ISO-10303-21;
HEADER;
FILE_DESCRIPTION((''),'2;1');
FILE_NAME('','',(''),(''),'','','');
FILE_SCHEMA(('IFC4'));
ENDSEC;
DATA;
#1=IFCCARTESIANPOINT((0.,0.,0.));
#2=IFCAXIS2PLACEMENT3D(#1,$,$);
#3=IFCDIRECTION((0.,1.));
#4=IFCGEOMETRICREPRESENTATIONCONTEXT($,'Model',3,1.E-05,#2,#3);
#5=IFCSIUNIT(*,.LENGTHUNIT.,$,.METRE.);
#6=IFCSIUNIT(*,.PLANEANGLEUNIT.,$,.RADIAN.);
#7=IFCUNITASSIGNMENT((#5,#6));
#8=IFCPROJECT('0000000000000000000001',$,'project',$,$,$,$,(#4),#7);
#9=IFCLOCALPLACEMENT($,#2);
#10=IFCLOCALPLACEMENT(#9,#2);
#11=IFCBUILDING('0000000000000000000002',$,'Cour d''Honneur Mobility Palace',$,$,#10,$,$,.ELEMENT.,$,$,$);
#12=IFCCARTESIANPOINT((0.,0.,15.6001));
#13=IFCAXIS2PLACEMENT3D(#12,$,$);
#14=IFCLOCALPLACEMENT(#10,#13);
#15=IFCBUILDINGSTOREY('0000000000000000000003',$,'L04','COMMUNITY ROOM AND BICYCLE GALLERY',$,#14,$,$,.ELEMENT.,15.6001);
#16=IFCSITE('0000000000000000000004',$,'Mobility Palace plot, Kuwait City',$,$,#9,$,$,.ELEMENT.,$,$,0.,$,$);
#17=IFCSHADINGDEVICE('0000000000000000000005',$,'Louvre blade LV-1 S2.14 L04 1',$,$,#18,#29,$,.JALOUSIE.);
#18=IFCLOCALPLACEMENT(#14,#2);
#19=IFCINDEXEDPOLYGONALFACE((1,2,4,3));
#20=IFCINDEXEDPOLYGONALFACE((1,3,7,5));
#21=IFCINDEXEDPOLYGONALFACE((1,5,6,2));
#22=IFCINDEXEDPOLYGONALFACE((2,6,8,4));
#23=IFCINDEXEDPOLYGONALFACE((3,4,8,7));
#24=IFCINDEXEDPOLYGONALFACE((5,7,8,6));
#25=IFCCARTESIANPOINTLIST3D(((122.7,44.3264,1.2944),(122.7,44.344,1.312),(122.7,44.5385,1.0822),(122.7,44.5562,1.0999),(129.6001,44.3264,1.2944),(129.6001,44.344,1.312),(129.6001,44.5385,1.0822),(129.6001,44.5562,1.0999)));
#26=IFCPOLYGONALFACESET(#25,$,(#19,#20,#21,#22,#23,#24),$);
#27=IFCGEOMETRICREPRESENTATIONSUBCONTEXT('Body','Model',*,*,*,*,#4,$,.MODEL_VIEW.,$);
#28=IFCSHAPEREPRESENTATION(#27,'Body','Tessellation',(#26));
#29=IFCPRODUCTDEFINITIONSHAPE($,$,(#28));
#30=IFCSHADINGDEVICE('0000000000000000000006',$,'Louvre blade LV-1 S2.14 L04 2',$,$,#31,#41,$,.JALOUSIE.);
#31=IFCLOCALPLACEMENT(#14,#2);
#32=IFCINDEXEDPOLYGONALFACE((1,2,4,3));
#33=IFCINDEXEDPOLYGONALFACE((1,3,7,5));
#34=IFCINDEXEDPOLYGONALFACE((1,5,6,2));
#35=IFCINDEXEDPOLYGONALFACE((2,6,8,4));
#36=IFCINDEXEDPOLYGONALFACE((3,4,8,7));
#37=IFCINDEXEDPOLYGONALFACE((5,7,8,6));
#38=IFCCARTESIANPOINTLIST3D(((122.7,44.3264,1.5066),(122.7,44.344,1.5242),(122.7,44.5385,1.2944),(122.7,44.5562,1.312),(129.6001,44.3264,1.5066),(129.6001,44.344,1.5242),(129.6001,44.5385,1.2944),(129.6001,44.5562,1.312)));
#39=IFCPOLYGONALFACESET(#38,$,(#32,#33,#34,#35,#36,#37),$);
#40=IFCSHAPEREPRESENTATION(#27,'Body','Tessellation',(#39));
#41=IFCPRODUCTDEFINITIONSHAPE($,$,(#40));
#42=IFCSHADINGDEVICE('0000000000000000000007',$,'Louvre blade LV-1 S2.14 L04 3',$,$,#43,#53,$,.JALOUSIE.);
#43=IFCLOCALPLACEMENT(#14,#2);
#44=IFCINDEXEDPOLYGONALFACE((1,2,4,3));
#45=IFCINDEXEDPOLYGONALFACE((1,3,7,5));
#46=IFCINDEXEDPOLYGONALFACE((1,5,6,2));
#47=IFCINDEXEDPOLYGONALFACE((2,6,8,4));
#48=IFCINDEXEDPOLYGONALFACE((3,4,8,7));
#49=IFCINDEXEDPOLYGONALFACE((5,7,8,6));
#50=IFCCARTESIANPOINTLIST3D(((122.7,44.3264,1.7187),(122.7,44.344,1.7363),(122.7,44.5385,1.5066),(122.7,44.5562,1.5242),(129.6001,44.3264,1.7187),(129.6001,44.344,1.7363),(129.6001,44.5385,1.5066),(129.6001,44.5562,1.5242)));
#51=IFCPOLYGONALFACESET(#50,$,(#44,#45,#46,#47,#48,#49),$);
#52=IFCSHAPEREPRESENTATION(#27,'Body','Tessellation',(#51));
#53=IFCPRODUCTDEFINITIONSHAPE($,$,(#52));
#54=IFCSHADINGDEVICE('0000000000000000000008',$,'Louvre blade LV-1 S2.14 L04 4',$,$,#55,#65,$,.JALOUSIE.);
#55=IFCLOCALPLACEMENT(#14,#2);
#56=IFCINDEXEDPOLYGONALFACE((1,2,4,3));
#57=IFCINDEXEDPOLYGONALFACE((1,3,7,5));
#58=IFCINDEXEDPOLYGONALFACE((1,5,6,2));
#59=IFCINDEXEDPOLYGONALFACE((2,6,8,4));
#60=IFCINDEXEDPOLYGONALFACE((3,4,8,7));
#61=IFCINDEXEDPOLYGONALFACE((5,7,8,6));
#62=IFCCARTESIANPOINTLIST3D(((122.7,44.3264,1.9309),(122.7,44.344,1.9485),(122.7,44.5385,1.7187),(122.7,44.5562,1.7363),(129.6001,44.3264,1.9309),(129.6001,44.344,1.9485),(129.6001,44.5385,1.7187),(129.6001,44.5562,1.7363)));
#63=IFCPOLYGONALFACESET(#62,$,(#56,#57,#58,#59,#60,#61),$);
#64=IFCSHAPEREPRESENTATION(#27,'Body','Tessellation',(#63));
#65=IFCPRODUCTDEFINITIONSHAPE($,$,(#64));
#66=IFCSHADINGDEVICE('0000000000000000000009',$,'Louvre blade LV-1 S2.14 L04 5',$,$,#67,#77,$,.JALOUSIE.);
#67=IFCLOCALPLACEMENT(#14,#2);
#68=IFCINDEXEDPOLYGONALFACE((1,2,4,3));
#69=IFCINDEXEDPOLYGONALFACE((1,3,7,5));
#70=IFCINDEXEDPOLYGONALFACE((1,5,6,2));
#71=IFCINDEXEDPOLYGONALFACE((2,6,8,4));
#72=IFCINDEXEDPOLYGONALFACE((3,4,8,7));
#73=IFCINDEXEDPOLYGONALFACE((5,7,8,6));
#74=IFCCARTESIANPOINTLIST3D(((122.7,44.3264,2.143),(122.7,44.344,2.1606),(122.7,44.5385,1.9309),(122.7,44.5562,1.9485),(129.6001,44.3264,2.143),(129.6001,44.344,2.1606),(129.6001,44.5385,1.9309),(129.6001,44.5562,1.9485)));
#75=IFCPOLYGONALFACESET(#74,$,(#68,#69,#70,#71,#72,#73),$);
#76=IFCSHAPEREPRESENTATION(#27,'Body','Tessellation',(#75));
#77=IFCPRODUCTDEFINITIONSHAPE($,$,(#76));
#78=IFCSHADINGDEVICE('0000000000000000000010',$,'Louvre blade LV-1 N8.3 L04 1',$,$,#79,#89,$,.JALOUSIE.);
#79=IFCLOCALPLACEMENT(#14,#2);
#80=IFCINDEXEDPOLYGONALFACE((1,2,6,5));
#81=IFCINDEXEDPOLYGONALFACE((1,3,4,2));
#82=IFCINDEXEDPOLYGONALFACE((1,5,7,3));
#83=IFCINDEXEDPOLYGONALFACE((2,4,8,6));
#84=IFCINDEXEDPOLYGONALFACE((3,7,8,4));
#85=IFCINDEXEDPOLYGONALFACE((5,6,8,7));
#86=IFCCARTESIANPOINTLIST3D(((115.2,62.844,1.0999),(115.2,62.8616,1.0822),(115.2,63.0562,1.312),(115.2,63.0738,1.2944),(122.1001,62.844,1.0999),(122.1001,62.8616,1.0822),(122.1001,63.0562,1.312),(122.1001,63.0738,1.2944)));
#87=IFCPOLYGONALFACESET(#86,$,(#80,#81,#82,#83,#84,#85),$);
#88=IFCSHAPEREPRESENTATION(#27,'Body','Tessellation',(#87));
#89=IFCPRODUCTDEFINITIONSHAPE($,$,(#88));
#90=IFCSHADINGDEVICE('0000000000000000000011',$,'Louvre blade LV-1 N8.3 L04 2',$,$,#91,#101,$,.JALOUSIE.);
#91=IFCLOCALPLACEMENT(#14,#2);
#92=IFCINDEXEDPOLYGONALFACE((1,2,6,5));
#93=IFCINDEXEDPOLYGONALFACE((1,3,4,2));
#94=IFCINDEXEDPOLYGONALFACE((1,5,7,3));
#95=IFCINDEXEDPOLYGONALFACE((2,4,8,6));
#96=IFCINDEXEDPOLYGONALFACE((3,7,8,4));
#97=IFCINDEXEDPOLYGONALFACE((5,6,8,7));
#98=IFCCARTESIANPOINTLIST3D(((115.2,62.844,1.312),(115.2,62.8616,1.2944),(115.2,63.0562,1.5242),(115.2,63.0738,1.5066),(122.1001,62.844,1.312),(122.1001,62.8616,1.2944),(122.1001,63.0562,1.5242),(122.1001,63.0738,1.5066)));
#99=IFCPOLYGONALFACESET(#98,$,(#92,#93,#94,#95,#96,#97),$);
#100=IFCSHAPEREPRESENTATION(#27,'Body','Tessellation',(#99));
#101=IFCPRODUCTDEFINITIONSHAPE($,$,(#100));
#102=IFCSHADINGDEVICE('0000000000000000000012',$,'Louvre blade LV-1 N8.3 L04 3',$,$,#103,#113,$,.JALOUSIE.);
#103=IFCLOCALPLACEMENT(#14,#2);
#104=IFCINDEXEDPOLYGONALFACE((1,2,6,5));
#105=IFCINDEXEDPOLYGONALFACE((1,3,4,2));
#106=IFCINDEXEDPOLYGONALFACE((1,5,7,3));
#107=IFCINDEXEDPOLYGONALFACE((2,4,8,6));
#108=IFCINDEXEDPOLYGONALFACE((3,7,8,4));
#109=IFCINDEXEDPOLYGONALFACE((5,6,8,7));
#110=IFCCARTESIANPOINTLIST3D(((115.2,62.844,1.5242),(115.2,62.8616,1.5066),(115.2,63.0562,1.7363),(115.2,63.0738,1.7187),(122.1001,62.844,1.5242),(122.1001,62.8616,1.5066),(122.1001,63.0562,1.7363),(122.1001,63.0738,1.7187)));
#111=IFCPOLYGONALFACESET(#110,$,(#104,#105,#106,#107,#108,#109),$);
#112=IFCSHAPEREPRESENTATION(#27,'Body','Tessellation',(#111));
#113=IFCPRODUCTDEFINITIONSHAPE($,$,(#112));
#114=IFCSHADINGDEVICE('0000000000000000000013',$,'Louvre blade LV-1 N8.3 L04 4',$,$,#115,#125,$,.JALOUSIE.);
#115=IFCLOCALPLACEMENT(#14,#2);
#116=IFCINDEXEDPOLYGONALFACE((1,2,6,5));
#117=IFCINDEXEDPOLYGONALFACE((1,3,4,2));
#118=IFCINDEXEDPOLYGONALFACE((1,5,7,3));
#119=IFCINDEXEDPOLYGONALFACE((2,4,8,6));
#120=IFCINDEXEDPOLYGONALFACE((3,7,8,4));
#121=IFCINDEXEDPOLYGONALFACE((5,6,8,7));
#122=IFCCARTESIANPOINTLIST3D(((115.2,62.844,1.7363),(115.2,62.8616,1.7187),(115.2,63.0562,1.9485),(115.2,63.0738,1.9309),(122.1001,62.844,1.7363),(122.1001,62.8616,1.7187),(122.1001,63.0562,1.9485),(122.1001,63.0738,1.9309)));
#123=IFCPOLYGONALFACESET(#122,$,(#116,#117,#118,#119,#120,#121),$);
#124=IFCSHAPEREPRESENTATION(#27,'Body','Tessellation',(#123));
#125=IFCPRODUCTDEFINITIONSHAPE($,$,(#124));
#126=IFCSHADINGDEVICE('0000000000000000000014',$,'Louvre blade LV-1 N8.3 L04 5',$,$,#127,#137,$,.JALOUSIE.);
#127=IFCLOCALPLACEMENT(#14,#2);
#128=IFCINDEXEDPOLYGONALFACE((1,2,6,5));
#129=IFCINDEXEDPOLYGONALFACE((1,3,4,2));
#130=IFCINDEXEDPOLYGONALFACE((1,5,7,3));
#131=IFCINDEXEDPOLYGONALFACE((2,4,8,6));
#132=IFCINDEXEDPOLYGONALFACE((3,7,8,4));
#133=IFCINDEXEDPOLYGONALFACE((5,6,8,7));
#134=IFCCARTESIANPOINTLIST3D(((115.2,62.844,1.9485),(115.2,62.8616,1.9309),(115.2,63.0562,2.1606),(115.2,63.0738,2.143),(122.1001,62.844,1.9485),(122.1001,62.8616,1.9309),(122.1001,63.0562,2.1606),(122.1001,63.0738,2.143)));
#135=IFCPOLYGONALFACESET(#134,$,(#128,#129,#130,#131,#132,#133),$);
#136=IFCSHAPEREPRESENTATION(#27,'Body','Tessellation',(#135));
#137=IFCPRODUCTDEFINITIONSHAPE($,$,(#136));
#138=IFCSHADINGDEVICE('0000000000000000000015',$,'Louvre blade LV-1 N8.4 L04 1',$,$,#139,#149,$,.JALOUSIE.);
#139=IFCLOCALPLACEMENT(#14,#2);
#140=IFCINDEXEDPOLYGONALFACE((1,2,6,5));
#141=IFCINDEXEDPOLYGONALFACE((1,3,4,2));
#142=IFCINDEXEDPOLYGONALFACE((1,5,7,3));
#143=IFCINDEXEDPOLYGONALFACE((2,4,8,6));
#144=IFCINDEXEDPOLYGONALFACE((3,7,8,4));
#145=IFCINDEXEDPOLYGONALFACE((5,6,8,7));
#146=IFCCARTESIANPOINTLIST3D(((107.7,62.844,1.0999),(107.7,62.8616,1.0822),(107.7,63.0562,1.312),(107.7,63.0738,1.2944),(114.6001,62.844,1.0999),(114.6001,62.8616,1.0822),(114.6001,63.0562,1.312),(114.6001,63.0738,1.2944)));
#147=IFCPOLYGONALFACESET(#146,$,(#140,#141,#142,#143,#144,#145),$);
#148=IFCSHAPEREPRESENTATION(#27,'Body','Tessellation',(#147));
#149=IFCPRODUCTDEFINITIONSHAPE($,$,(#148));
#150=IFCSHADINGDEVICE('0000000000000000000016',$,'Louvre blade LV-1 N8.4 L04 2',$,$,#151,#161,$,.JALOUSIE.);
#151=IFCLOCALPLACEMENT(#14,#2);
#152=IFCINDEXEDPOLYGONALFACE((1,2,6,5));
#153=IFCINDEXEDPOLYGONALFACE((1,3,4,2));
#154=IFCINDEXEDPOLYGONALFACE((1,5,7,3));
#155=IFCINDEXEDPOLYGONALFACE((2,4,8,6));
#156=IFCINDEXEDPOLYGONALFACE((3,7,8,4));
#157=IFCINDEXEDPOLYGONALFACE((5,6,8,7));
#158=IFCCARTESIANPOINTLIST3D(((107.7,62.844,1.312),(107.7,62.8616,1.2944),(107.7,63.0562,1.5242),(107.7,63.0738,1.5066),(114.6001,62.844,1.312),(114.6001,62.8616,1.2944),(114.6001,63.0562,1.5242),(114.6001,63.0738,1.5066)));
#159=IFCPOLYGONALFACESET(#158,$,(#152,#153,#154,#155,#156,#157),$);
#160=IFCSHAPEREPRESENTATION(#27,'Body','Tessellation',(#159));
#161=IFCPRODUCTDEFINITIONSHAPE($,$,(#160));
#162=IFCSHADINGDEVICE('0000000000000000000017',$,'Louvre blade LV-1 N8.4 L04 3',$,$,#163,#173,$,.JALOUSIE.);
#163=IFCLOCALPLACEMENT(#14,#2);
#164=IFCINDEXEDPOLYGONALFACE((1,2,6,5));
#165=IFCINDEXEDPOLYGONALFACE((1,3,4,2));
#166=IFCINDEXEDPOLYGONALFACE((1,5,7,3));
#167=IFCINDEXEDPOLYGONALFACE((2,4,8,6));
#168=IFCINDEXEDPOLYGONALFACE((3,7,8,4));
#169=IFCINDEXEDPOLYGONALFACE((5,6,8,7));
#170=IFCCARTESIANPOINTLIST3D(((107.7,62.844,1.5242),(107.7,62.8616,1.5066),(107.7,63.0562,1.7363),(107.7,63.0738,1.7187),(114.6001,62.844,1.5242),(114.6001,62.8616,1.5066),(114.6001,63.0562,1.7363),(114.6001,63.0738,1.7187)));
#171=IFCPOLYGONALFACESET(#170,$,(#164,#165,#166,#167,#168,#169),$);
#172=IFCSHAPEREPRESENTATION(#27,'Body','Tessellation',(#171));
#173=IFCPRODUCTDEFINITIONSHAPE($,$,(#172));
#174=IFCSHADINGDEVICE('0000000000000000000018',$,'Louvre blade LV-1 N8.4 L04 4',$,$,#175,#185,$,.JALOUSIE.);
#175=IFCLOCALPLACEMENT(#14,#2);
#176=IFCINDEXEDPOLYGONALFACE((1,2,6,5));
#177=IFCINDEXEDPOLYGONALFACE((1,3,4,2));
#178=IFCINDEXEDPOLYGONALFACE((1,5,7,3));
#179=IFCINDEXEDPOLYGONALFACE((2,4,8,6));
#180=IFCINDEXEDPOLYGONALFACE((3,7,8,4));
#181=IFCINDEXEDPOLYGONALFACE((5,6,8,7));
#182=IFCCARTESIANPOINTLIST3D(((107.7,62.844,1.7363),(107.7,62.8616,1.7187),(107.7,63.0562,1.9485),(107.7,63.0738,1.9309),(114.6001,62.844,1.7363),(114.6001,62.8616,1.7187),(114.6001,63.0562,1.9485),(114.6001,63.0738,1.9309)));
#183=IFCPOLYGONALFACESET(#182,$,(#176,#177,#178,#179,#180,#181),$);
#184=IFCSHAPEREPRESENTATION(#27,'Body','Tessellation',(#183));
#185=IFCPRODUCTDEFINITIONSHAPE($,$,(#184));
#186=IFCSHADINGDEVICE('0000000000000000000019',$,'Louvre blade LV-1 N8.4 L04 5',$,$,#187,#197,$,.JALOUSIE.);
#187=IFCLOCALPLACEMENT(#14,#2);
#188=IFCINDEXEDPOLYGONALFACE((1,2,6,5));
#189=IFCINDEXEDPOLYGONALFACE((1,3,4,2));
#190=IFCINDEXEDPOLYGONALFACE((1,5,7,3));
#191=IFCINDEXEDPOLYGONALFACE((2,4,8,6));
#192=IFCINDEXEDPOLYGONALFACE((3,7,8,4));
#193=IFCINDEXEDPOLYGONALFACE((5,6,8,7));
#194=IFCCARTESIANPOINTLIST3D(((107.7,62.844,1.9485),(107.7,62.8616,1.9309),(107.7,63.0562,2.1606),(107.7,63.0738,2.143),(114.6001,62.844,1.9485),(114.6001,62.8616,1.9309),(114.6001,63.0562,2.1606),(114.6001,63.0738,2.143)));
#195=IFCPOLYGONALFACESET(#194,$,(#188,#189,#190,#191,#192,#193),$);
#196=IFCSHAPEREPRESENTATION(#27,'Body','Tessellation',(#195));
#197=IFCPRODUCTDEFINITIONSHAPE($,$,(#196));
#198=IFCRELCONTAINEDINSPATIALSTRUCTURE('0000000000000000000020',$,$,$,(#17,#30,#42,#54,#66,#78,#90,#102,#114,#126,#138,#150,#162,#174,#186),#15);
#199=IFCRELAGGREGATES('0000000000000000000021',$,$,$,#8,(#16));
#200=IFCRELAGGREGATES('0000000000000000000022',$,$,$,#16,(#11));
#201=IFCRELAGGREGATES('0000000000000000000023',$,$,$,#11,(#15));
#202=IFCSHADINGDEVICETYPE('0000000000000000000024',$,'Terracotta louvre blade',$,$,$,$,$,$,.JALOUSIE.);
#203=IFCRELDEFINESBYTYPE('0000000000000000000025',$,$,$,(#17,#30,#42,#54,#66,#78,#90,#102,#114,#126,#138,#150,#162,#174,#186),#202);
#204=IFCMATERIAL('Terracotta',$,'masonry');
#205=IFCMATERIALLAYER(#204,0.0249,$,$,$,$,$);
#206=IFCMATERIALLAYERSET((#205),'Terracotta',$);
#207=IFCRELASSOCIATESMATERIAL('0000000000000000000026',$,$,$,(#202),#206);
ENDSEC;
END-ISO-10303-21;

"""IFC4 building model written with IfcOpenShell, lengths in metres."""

from ifc_helpers import new_model, si_unit, direction, frame, origin, place, context, subcontext, project, spatial, polyline, outline, extrude, material, layer, layer_set, type_object, element, save


model = new_model("IFC4")

# Units and contexts
model_context = context("Model", 3, precision=1e-05, world=origin(), true_north=direction((0.0, 1.0)))
body_context = subcontext(model_context, "Body", "Model", "MODEL_VIEW")
ifc_project = project(units=[si_unit("LENGTHUNIT", "METRE"), si_unit("PLANEANGLEUNIT", "RADIAN")], contexts=[model_context])

# Site, building, storey
site_placement = place(None, origin())
site = spatial("IfcSite", under=ifc_project, at=site_placement, Name="Mobility Palace plot, Kuwait City", CompositionType="ELEMENT", RefElevation=0.0)
building_placement = place(site_placement, origin())
building = spatial("IfcBuilding", under=site, at=building_placement, Name="Cour d'Honneur Mobility Palace", CompositionType="ELEMENT")
storey_placement = place(building_placement, frame((0.0, 0.0, 15.6001)))
storey = spatial("IfcBuildingStorey", under=building, at=storey_placement, Name="L04", Description="COMMUNITY ROOM AND BICYCLE GALLERY", CompositionType="ELEMENT", Elevation=15.6001)

# Shading devices
ifc_material_1 = material(Name="Terracotta", Category="masonry")
ifc_layer_1 = layer(ifc_material_1, 0.0249)
ifc_layer_set_1 = layer_set([ifc_layer_1], Name="Terracotta")
shading_device_type = type_object("IfcShadingDeviceType", Name="Terracotta louvre blade", PredefinedType="JALOUSIE", material=ifc_layer_set_1)
for number, where, z_axis, x_axis, name in (
    (1, (122.7, 44.5562, 1.0999), (0.0, 0.707107, 0.707107), (1.0, 0.0, 0.0), "Louvre blade LV-1 S2.14 L04 1"),
    (2, (122.7, 44.5562, 1.312), (0.0, 0.707107, 0.707107), (1.0, 0.0, 0.0), "Louvre blade LV-1 S2.14 L04 2"),
    (3, (122.7, 44.5562, 1.5242), (0.0, 0.707107, 0.707107), (1.0, 0.0, 0.0), "Louvre blade LV-1 S2.14 L04 3"),
    (4, (122.7, 44.5562, 1.7363), (0.0, 0.707107, 0.707107), (1.0, 0.0, 0.0), "Louvre blade LV-1 S2.14 L04 4"),
    (5, (122.7, 44.5562, 1.9485), (0.0, 0.707107, 0.707107), (1.0, 0.0, 0.0), "Louvre blade LV-1 S2.14 L04 5"),
    (6, (122.1001, 62.844, 1.0999), (0.0, -0.707107, 0.707107), (-1.0, 0.0, 0.0), "Louvre blade LV-1 N8.3 L04 1"),
    (7, (122.1001, 62.844, 1.312), (0.0, -0.707107, 0.707107), (-1.0, 0.0, 0.0), "Louvre blade LV-1 N8.3 L04 2"),
    (8, (122.1001, 62.844, 1.5242), (0.0, -0.707107, 0.707107), (-1.0, 0.0, 0.0), "Louvre blade LV-1 N8.3 L04 3"),
    (9, (122.1001, 62.844, 1.7363), (0.0, -0.707107, 0.707107), (-1.0, 0.0, 0.0), "Louvre blade LV-1 N8.3 L04 4"),
    (10, (122.1001, 62.844, 1.9485), (0.0, -0.707107, 0.707107), (-1.0, 0.0, 0.0), "Louvre blade LV-1 N8.3 L04 5"),
    (11, (114.6001, 62.844, 1.0999), (0.0, -0.707107, 0.707107), (-1.0, 0.0, 0.0), "Louvre blade LV-1 N8.4 L04 1"),
    (12, (114.6001, 62.844, 1.312), (0.0, -0.707107, 0.707107), (-1.0, 0.0, 0.0), "Louvre blade LV-1 N8.4 L04 2"),
    (13, (114.6001, 62.844, 1.5242), (0.0, -0.707107, 0.707107), (-1.0, 0.0, 0.0), "Louvre blade LV-1 N8.4 L04 3"),
    (14, (114.6001, 62.844, 1.7363), (0.0, -0.707107, 0.707107), (-1.0, 0.0, 0.0), "Louvre blade LV-1 N8.4 L04 4"),
    (15, (114.6001, 62.844, 1.9485), (0.0, -0.707107, 0.707107), (-1.0, 0.0, 0.0), "Louvre blade LV-1 N8.4 L04 5"),
):
    element("IfcShadingDevice", number, at=place(storey_placement, frame(where, z_axis=z_axis, x_axis=x_axis)), inside=storey, type_object=shading_device_type, Name=name, PredefinedType="JALOUSIE", context=body_context, shape_type="SweptSolid", body=[
        extrude(outline(polyline([(0.0, 0.0), (6.9001, 0.0), (6.9001, -0.3), (0.0, -0.3), (0.0, 0.0)])), origin(), (0.0, 0.0, -1.0), 0.0249),
    ])

save(model, "model.ifc")
